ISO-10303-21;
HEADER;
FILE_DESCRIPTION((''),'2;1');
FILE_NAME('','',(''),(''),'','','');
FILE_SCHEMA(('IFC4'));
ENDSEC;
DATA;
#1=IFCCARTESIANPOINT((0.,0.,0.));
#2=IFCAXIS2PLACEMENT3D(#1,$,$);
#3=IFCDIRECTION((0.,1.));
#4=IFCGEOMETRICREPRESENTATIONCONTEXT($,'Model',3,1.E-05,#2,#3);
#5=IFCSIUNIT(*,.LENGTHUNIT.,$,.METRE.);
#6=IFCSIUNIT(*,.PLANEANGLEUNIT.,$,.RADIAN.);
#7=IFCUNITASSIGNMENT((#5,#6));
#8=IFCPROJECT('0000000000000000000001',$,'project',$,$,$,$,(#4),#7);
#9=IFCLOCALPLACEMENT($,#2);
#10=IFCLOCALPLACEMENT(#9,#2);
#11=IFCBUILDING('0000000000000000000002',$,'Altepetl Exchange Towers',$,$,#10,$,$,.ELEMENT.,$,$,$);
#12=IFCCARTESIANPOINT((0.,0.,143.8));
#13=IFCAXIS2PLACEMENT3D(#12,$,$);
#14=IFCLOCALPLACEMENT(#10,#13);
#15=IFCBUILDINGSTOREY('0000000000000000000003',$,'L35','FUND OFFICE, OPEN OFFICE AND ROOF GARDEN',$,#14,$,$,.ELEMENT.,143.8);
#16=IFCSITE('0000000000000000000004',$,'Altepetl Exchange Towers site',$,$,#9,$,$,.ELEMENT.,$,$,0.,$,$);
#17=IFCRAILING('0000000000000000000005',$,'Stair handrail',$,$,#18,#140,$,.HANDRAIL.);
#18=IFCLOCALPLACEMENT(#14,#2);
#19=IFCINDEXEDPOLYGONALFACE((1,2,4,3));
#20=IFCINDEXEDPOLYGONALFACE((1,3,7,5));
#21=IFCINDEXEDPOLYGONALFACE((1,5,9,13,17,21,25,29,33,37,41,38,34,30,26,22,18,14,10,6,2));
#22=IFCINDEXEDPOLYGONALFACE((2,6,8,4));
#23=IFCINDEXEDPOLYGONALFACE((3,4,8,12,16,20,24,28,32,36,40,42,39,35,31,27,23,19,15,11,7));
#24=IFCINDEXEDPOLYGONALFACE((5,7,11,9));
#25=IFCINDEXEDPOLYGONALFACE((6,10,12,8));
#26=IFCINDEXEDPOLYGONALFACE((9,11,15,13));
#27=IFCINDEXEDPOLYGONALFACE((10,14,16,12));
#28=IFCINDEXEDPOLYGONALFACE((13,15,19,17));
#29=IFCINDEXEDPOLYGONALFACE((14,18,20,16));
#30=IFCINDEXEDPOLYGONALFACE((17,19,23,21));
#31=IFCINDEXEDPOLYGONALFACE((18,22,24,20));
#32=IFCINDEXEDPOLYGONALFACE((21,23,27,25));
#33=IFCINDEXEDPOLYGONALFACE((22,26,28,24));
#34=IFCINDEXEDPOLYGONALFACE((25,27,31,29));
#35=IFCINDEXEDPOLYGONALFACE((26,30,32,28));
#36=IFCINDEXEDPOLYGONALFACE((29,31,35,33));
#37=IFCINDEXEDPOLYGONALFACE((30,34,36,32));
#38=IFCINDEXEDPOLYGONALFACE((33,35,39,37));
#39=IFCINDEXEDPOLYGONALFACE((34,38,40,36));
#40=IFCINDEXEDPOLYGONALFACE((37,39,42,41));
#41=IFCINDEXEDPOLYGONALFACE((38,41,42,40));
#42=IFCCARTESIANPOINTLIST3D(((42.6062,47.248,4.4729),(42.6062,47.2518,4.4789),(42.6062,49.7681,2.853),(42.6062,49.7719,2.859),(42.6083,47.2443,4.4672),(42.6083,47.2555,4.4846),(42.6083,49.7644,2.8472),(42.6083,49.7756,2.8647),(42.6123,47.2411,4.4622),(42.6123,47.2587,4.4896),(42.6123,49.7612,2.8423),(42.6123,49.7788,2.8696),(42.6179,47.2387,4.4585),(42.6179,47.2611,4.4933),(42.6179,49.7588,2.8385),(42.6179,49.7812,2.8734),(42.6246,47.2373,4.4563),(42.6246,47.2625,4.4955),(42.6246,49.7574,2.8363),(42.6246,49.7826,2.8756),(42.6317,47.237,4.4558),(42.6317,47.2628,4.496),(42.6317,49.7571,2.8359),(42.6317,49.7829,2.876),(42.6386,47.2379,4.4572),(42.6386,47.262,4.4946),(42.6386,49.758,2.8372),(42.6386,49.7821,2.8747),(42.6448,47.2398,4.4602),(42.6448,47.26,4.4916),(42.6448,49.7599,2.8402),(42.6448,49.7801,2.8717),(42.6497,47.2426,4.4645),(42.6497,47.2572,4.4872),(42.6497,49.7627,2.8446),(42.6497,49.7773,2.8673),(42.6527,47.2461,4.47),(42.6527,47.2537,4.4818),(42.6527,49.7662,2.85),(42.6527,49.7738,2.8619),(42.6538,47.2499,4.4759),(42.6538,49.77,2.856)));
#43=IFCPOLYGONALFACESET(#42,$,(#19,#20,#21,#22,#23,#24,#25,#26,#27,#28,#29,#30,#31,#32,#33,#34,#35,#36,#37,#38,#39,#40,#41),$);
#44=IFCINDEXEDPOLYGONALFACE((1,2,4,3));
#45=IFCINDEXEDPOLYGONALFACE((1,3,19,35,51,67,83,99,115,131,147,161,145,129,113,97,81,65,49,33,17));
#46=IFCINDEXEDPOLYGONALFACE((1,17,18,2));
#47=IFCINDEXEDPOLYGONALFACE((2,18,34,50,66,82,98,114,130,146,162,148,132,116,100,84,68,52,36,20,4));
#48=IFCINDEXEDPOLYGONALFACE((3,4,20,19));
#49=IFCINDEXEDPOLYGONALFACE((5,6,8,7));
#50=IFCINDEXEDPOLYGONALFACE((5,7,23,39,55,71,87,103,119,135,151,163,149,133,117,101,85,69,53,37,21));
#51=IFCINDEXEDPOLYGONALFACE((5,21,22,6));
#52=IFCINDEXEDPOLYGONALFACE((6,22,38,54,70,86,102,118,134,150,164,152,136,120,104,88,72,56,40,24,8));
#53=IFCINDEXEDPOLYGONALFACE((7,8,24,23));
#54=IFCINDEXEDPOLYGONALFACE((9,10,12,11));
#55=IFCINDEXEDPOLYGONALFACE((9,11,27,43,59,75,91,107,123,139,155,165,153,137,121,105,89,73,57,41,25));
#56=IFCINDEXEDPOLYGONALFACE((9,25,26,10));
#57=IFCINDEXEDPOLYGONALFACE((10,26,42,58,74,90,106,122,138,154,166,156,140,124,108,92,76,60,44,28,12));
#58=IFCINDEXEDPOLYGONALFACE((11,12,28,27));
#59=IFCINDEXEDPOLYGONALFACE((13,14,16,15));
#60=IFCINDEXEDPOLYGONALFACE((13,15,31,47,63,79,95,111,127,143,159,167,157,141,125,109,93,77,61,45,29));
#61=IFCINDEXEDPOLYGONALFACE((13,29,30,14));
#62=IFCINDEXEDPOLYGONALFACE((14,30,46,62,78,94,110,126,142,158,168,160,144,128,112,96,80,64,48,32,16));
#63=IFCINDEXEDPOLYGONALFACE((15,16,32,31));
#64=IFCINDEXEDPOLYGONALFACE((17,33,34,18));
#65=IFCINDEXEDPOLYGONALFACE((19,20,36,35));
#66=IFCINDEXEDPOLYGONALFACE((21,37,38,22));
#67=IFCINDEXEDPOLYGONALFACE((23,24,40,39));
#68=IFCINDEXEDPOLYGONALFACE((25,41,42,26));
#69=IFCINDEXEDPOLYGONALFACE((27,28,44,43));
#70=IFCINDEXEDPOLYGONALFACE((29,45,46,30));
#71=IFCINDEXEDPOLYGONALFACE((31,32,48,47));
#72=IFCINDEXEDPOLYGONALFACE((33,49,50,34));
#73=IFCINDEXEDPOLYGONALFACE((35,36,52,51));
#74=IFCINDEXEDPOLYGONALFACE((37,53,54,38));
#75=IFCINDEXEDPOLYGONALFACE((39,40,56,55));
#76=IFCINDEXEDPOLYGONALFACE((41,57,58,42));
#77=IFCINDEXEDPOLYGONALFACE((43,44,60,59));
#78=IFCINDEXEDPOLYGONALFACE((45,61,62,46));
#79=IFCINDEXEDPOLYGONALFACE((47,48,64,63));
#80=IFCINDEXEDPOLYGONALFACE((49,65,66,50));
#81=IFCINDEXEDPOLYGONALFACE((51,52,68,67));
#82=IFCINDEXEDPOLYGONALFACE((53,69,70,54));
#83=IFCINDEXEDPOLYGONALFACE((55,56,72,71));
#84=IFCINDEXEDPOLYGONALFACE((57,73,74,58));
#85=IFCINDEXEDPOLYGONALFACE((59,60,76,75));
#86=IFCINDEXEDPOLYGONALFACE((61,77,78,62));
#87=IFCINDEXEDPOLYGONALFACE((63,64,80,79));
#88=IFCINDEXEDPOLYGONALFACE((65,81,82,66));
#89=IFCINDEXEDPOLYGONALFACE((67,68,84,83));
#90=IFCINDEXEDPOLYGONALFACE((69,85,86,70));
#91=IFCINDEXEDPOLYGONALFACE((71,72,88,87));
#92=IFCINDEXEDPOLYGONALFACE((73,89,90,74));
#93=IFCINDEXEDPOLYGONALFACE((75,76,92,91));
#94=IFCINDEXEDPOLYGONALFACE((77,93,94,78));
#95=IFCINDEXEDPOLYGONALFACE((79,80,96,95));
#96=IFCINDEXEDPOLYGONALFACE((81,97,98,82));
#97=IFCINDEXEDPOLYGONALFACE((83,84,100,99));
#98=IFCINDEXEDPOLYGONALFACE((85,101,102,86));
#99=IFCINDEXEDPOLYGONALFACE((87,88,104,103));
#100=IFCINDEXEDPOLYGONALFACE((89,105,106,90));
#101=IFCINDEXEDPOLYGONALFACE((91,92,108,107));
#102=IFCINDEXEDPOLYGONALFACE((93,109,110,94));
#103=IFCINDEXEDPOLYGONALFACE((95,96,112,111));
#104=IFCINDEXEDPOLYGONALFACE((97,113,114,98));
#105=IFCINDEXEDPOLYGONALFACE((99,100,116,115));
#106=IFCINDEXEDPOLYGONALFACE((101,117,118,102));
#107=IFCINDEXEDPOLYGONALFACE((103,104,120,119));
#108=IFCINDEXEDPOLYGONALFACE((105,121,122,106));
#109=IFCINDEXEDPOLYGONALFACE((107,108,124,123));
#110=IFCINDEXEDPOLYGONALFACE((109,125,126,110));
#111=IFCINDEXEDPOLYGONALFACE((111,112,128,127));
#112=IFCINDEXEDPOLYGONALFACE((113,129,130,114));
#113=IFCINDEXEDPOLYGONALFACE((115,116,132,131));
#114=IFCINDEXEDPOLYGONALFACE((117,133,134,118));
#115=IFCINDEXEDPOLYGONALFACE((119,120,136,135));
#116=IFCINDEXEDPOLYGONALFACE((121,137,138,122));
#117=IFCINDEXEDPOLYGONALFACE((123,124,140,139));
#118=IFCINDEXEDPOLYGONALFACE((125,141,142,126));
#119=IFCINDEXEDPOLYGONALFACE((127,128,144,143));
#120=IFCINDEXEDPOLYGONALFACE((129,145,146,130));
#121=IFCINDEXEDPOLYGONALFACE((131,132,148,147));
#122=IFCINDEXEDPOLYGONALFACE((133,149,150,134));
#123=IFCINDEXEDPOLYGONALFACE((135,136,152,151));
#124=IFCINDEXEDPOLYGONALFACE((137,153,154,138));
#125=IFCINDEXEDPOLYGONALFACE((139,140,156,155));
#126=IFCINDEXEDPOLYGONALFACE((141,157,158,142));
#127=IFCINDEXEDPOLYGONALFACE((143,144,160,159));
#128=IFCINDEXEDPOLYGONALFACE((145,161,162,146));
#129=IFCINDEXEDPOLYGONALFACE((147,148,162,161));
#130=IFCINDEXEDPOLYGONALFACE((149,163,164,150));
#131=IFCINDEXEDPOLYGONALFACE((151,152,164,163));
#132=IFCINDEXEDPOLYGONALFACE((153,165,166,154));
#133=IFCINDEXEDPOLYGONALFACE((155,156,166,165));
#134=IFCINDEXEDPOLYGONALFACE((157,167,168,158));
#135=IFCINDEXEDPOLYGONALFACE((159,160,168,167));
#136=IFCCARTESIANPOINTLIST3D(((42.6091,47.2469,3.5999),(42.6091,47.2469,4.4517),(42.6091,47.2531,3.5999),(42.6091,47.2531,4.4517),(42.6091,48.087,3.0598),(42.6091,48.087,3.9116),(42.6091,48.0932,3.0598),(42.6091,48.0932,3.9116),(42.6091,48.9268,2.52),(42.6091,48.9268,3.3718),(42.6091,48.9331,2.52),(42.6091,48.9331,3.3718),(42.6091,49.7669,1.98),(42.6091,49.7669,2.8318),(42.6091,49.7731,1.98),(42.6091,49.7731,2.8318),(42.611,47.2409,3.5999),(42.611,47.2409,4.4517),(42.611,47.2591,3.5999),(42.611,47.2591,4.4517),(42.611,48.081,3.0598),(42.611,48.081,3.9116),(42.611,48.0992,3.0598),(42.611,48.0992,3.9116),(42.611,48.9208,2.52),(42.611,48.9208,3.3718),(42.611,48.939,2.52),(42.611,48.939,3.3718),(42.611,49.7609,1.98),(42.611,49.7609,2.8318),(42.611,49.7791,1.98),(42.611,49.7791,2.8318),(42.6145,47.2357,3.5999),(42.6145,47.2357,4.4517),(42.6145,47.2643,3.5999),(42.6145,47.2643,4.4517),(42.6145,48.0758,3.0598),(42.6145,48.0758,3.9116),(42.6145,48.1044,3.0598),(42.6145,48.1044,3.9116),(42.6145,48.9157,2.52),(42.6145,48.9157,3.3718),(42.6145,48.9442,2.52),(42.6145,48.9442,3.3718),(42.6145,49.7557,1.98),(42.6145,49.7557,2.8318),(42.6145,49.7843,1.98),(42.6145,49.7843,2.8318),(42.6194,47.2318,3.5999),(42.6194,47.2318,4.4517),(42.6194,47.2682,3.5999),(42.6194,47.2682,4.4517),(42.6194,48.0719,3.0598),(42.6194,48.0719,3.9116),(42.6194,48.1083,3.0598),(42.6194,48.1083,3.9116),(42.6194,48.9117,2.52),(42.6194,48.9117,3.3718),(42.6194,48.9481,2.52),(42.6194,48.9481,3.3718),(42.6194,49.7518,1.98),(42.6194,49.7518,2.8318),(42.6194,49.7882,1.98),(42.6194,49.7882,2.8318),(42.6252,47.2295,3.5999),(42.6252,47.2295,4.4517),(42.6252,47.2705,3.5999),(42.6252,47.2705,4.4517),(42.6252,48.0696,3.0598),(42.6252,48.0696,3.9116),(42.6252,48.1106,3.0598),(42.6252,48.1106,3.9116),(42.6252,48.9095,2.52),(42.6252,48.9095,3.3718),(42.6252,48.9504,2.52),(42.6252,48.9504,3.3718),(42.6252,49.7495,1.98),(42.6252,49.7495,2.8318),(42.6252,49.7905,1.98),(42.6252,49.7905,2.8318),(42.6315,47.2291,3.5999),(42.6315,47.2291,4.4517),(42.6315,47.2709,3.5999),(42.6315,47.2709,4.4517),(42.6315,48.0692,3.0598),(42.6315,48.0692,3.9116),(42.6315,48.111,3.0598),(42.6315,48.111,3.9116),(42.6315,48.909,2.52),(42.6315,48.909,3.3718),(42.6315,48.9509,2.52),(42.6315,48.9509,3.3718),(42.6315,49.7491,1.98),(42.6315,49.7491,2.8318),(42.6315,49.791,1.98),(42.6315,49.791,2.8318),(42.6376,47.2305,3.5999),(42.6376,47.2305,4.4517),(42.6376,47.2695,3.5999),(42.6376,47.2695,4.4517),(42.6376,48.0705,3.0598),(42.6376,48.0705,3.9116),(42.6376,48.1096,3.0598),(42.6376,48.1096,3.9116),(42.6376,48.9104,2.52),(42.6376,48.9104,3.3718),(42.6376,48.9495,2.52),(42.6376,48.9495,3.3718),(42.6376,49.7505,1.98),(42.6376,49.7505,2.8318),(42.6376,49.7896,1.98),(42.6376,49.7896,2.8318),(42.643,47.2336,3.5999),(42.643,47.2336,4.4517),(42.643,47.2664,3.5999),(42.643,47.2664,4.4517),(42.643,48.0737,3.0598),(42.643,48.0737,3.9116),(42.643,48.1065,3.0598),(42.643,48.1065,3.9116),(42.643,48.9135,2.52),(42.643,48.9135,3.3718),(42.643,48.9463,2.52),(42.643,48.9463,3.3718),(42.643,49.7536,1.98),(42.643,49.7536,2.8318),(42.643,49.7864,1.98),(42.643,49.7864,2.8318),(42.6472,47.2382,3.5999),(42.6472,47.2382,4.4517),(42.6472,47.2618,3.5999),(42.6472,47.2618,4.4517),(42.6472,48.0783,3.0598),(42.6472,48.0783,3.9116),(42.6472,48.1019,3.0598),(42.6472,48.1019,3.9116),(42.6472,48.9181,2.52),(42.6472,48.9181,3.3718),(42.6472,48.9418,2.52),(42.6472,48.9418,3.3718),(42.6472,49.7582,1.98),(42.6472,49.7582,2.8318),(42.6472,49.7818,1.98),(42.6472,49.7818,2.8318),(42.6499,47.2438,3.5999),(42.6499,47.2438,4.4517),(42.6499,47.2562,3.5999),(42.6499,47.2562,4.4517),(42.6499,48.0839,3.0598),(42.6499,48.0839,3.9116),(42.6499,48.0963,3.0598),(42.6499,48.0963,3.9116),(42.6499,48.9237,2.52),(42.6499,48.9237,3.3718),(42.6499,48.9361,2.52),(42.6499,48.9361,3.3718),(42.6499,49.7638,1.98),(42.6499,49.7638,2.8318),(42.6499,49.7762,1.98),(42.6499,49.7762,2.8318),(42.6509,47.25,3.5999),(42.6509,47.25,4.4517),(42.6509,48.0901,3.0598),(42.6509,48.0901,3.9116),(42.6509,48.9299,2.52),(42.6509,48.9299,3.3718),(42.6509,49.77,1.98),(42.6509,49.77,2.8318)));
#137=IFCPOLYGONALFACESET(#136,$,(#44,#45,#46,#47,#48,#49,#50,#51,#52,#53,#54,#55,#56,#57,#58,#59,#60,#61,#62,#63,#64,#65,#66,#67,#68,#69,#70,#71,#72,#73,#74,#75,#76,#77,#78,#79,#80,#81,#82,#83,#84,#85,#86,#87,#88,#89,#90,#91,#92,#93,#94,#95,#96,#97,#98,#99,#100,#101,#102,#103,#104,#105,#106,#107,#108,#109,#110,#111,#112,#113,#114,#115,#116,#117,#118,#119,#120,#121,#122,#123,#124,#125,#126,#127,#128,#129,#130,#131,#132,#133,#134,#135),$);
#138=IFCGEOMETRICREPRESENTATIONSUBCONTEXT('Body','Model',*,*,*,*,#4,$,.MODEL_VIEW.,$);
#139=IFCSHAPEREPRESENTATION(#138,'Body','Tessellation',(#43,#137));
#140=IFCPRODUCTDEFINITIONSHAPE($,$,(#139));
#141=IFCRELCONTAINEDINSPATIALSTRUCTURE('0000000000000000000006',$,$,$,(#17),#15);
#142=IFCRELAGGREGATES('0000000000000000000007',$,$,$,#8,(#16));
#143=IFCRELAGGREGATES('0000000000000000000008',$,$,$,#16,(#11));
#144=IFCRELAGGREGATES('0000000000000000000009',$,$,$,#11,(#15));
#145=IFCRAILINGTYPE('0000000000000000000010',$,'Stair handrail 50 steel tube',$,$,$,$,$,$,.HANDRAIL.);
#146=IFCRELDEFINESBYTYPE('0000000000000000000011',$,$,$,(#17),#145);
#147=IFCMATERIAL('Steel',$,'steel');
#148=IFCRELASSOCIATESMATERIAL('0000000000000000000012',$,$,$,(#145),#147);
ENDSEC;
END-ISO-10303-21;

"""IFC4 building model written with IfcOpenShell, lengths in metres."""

from ifc_helpers import new_model, si_unit, direction, frame, origin, origin_2d, place, context, subcontext, project, spatial, circle, extrude, source, transform, mapped, material, type_object, element, save


model = new_model("IFC4")

# Units and contexts
model_context = context("Model", 3, precision=1e-05, world=origin(), true_north=direction((0.0, 1.0)))
body_context = subcontext(model_context, "Body", "Model", "MODEL_VIEW")
ifc_project = project(units=[si_unit("LENGTHUNIT", "METRE"), si_unit("PLANEANGLEUNIT", "RADIAN")], contexts=[model_context])

# Site, building, storey
site_placement = place(None, origin())
site = spatial("IfcSite", under=ifc_project, at=site_placement, Name="Altepetl Exchange Towers site", CompositionType="ELEMENT", RefElevation=0.0)
building_placement = place(site_placement, origin())
building = spatial("IfcBuilding", under=site, at=building_placement, Name="Altepetl Exchange Towers", CompositionType="ELEMENT")
storey_placement = place(building_placement, frame((0.0, 0.0, 143.8)))
storey = spatial("IfcBuildingStorey", under=building, at=storey_placement, Name="L35", Description="FUND OFFICE, OPEN OFFICE AND ROOF GARDEN", CompositionType="ELEMENT", Elevation=143.8)

# Railing
ifc_material_1 = material(Name="Steel", Category="steel")
railing_type = type_object("IfcRailingType", Name="Stair handrail 50 steel tube", PredefinedType="HANDRAIL", material=ifc_material_1)
shared_shape = source(origin(), body_context, "Body", "SweptSolid", [
    extrude(circle(Radius=0.021, at=origin_2d()), origin(), (0.0, 0.0, 1.0), 0.8518),
])
railing_1_placement = place(storey_placement, frame((42.6299, 49.77, 1.98)))
element("IfcRailing", 1, at=railing_1_placement, inside=storey, type_object=railing_type, Name="Stair handrail", PredefinedType="HANDRAIL", context=body_context, shape_type="SweptSolid", body=[
    extrude(circle(Radius=0.0239, at=origin_2d()), frame((0.0, 0.0, 0.876), z_axis=(0.0, -0.8412, 0.540725), x_axis=(1.0, 0.0, 0.0)), (0.0, 0.0, 1.0), 2.9958),
    mapped(shared_shape, transform((0.0, 0.0, 0.0))),
    mapped(shared_shape, transform((0.0, -0.8401, 0.54))),
    mapped(shared_shape, transform((0.0, -1.6799, 1.0798))),
    mapped(shared_shape, transform((0.0, -2.52, 1.6199))),
])

save(model, "model.ifc")
